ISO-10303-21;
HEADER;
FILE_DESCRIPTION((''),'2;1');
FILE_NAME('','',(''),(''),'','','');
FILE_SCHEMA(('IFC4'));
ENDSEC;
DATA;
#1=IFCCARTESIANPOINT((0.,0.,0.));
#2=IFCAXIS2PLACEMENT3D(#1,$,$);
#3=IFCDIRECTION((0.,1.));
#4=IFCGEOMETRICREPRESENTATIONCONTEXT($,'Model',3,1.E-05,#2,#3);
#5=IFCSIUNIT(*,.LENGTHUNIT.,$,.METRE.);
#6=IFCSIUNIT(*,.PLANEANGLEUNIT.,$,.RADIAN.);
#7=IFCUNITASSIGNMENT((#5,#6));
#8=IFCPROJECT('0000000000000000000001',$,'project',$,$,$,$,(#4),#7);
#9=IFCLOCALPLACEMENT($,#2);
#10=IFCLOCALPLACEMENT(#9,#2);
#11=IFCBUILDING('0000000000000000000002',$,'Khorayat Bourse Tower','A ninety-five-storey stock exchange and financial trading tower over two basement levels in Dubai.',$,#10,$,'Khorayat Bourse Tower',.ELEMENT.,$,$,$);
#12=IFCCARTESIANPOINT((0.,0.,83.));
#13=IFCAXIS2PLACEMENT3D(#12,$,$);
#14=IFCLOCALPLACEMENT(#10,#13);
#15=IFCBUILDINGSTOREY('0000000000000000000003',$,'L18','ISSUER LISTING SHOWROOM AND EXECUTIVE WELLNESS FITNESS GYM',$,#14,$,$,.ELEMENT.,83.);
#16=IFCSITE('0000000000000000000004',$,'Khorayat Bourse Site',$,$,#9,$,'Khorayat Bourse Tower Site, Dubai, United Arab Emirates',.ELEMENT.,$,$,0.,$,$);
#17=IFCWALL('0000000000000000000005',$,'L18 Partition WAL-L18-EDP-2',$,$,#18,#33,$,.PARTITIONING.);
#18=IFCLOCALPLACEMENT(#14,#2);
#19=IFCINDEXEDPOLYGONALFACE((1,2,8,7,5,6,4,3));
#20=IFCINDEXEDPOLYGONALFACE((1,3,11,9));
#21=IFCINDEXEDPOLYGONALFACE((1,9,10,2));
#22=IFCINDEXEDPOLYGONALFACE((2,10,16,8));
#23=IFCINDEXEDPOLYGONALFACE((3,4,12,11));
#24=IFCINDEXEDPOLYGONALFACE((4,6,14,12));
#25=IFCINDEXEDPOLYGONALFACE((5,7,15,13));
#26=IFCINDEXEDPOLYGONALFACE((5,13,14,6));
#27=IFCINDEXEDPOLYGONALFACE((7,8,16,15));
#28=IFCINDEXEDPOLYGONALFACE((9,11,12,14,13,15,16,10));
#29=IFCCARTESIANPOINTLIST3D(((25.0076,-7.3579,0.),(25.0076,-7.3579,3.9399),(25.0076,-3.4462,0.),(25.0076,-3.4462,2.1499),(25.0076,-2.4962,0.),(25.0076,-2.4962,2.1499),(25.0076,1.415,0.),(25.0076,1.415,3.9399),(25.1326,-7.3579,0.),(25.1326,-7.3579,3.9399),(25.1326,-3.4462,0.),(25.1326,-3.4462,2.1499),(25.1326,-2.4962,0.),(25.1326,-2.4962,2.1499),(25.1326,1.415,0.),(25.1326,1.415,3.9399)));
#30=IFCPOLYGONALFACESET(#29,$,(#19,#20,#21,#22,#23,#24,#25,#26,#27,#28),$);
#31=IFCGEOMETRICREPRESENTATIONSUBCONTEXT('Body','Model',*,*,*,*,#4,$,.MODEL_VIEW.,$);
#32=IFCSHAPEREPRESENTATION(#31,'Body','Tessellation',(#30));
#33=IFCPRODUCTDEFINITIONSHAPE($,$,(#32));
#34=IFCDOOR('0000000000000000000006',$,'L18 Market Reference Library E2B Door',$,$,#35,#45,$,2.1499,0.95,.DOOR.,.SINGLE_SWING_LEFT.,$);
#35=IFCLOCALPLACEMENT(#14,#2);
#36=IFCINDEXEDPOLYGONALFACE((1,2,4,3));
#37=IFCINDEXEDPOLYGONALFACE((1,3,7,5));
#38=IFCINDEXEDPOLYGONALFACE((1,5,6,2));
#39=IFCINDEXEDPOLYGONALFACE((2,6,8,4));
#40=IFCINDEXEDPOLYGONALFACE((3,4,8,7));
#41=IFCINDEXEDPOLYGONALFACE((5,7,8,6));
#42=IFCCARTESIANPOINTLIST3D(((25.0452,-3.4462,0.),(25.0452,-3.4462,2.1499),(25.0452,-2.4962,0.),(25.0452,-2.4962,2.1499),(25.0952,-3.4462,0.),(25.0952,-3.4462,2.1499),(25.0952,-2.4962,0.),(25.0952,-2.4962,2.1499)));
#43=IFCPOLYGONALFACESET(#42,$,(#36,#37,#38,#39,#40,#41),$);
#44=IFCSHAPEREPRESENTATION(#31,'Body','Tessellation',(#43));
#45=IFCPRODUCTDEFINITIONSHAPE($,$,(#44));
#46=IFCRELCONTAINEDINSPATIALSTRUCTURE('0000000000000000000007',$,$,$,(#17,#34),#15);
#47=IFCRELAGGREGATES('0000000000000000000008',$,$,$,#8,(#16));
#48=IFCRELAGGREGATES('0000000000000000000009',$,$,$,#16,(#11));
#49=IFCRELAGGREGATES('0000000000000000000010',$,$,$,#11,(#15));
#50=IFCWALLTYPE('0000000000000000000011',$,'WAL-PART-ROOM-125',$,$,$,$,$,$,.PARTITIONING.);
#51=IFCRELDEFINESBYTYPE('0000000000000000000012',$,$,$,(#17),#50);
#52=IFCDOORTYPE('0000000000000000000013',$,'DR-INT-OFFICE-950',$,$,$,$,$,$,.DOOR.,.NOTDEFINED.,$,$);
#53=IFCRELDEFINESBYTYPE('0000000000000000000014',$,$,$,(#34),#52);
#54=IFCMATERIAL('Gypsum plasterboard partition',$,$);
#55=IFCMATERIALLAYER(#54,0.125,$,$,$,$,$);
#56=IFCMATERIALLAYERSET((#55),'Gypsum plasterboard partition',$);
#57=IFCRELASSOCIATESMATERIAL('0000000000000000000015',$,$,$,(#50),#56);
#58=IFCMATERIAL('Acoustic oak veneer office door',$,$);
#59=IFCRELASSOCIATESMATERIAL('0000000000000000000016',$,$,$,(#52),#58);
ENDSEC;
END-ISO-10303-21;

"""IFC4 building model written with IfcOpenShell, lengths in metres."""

from ifc_helpers import new_model, si_unit, direction, frame, frame_2d, origin, place, context, subcontext, project, spatial, rectangle, extrude, source, transform, mapped, material, layer, layer_set, type_object, element, fill, save


model = new_model("IFC4")

# Units and contexts
model_context = context("Model", 3, precision=1e-05, world=origin(), true_north=direction((0.0, 1.0)))
body_context = subcontext(model_context, "Body", "Model", "MODEL_VIEW")
ifc_project = project(units=[si_unit("LENGTHUNIT", "METRE"), si_unit("PLANEANGLEUNIT", "RADIAN")], contexts=[model_context])

# Site, building, storey
site_placement = place(None, origin())
site = spatial("IfcSite", under=ifc_project, at=site_placement, Name="Khorayat Bourse Site", LongName="Khorayat Bourse Tower Site, Dubai, United Arab Emirates", CompositionType="ELEMENT", RefElevation=0.0)
building_placement = place(site_placement, origin())
building = spatial("IfcBuilding", under=site, at=building_placement, Name="Khorayat Bourse Tower", Description="A ninety-five-storey stock exchange and financial trading tower over two basement levels in Dubai.", LongName="Khorayat Bourse Tower", CompositionType="ELEMENT")
storey_placement = place(building_placement, frame((0.0, 0.0, 83.0)))
storey = spatial("IfcBuildingStorey", under=building, at=storey_placement, Name="L18", Description="ISSUER LISTING SHOWROOM AND EXECUTIVE WELLNESS FITNESS GYM", CompositionType="ELEMENT", Elevation=83.0)

# Shared definitions
ifc_material_1 = material(Name="Gypsum plasterboard partition")
ifc_layer_1 = layer(ifc_material_1, 0.125)
ifc_layer_set_1 = layer_set([ifc_layer_1], Name="Gypsum plasterboard partition")
wall_type_1 = type_object("IfcWallType", Name="WAL-PART-ROOM-125", PredefinedType="PARTITIONING", material=ifc_layer_set_1)

# Wall, opening, door
shared_shape_1 = source(origin(), body_context, "Body", "SweptSolid", [
    extrude(rectangle(XDim=0.95, YDim=2.1499, at=frame_2d((0.4751, 1.075))), frame((0.0, 0.0725, 0.0), z_axis=(0.0, -1.0, 0.0), x_axis=(1.0, 0.0, 0.0)), (0.0, 0.0, 1.0), 0.145),
])
ifc_material_2 = material(Name="Acoustic oak veneer office door")
door_type_1 = type_object("IfcDoorType", Name="DR-INT-OFFICE-950", OperationType="NOTDEFINED", PredefinedType="DOOR", material=ifc_material_2)
shared_shape_2 = source(origin(), body_context, "Body", "SweptSolid", [
    extrude(rectangle(XDim=0.95, YDim=2.1499, at=frame_2d((0.4751, 1.075))), frame((0.0, 0.0249, 0.0), z_axis=(0.0, -1.0, 0.0), x_axis=(1.0, 0.0, 0.0)), (0.0, 0.0, 1.0), 0.05),
])
shared_shape_3 = source(origin(), body_context, "Body", "SweptSolid", [
    extrude(rectangle(XDim=8.7729, YDim=0.125, at=frame_2d((4.3865, 0.0))), origin(), (0.0, 0.0, 1.0), 3.9399),
])
wall_1_placement = place(storey_placement, frame((25.0701, -7.3579, 0.0), z_axis=(0.0, 0.0, 1.0), x_axis=(0.0, 1.0, 0.0)))
wall_1 = element("IfcWall", 1, at=wall_1_placement, inside=storey, type_object=wall_type_1, Name="L18 Partition WAL-L18-EDP-2", PredefinedType="PARTITIONING", context=body_context, shape_type="MappedRepresentation", body=[
    mapped(shared_shape_3, transform((0.0, 0.0, 0.0), scale=1.0)),
])
opening_1_placement = place(wall_1_placement, frame((3.9116, 0.0, 0.0)))
opening_1 = element("IfcOpeningElement", 2, at=opening_1_placement, cuts=wall_1, PredefinedType="OPENING", context=body_context, shape_type="MappedRepresentation", body=[
    mapped(shared_shape_1, transform((0.0, 0.0, 0.0), scale=1.0)),
])
door_1_placement = place(opening_1_placement, origin())
door_1 = element("IfcDoor", 3, at=door_1_placement, inside=storey, type_object=door_type_1, Name="L18 Market Reference Library E2B Door", OperationType="SINGLE_SWING_LEFT", OverallHeight=2.1499, OverallWidth=0.95, PredefinedType="DOOR", context=body_context, shape_type="MappedRepresentation", body=[
    mapped(shared_shape_2, transform((0.0, 0.0, 0.0), scale=1.0)),
])
fill(opening_1, door_1)

save(model, "model.ifc")
